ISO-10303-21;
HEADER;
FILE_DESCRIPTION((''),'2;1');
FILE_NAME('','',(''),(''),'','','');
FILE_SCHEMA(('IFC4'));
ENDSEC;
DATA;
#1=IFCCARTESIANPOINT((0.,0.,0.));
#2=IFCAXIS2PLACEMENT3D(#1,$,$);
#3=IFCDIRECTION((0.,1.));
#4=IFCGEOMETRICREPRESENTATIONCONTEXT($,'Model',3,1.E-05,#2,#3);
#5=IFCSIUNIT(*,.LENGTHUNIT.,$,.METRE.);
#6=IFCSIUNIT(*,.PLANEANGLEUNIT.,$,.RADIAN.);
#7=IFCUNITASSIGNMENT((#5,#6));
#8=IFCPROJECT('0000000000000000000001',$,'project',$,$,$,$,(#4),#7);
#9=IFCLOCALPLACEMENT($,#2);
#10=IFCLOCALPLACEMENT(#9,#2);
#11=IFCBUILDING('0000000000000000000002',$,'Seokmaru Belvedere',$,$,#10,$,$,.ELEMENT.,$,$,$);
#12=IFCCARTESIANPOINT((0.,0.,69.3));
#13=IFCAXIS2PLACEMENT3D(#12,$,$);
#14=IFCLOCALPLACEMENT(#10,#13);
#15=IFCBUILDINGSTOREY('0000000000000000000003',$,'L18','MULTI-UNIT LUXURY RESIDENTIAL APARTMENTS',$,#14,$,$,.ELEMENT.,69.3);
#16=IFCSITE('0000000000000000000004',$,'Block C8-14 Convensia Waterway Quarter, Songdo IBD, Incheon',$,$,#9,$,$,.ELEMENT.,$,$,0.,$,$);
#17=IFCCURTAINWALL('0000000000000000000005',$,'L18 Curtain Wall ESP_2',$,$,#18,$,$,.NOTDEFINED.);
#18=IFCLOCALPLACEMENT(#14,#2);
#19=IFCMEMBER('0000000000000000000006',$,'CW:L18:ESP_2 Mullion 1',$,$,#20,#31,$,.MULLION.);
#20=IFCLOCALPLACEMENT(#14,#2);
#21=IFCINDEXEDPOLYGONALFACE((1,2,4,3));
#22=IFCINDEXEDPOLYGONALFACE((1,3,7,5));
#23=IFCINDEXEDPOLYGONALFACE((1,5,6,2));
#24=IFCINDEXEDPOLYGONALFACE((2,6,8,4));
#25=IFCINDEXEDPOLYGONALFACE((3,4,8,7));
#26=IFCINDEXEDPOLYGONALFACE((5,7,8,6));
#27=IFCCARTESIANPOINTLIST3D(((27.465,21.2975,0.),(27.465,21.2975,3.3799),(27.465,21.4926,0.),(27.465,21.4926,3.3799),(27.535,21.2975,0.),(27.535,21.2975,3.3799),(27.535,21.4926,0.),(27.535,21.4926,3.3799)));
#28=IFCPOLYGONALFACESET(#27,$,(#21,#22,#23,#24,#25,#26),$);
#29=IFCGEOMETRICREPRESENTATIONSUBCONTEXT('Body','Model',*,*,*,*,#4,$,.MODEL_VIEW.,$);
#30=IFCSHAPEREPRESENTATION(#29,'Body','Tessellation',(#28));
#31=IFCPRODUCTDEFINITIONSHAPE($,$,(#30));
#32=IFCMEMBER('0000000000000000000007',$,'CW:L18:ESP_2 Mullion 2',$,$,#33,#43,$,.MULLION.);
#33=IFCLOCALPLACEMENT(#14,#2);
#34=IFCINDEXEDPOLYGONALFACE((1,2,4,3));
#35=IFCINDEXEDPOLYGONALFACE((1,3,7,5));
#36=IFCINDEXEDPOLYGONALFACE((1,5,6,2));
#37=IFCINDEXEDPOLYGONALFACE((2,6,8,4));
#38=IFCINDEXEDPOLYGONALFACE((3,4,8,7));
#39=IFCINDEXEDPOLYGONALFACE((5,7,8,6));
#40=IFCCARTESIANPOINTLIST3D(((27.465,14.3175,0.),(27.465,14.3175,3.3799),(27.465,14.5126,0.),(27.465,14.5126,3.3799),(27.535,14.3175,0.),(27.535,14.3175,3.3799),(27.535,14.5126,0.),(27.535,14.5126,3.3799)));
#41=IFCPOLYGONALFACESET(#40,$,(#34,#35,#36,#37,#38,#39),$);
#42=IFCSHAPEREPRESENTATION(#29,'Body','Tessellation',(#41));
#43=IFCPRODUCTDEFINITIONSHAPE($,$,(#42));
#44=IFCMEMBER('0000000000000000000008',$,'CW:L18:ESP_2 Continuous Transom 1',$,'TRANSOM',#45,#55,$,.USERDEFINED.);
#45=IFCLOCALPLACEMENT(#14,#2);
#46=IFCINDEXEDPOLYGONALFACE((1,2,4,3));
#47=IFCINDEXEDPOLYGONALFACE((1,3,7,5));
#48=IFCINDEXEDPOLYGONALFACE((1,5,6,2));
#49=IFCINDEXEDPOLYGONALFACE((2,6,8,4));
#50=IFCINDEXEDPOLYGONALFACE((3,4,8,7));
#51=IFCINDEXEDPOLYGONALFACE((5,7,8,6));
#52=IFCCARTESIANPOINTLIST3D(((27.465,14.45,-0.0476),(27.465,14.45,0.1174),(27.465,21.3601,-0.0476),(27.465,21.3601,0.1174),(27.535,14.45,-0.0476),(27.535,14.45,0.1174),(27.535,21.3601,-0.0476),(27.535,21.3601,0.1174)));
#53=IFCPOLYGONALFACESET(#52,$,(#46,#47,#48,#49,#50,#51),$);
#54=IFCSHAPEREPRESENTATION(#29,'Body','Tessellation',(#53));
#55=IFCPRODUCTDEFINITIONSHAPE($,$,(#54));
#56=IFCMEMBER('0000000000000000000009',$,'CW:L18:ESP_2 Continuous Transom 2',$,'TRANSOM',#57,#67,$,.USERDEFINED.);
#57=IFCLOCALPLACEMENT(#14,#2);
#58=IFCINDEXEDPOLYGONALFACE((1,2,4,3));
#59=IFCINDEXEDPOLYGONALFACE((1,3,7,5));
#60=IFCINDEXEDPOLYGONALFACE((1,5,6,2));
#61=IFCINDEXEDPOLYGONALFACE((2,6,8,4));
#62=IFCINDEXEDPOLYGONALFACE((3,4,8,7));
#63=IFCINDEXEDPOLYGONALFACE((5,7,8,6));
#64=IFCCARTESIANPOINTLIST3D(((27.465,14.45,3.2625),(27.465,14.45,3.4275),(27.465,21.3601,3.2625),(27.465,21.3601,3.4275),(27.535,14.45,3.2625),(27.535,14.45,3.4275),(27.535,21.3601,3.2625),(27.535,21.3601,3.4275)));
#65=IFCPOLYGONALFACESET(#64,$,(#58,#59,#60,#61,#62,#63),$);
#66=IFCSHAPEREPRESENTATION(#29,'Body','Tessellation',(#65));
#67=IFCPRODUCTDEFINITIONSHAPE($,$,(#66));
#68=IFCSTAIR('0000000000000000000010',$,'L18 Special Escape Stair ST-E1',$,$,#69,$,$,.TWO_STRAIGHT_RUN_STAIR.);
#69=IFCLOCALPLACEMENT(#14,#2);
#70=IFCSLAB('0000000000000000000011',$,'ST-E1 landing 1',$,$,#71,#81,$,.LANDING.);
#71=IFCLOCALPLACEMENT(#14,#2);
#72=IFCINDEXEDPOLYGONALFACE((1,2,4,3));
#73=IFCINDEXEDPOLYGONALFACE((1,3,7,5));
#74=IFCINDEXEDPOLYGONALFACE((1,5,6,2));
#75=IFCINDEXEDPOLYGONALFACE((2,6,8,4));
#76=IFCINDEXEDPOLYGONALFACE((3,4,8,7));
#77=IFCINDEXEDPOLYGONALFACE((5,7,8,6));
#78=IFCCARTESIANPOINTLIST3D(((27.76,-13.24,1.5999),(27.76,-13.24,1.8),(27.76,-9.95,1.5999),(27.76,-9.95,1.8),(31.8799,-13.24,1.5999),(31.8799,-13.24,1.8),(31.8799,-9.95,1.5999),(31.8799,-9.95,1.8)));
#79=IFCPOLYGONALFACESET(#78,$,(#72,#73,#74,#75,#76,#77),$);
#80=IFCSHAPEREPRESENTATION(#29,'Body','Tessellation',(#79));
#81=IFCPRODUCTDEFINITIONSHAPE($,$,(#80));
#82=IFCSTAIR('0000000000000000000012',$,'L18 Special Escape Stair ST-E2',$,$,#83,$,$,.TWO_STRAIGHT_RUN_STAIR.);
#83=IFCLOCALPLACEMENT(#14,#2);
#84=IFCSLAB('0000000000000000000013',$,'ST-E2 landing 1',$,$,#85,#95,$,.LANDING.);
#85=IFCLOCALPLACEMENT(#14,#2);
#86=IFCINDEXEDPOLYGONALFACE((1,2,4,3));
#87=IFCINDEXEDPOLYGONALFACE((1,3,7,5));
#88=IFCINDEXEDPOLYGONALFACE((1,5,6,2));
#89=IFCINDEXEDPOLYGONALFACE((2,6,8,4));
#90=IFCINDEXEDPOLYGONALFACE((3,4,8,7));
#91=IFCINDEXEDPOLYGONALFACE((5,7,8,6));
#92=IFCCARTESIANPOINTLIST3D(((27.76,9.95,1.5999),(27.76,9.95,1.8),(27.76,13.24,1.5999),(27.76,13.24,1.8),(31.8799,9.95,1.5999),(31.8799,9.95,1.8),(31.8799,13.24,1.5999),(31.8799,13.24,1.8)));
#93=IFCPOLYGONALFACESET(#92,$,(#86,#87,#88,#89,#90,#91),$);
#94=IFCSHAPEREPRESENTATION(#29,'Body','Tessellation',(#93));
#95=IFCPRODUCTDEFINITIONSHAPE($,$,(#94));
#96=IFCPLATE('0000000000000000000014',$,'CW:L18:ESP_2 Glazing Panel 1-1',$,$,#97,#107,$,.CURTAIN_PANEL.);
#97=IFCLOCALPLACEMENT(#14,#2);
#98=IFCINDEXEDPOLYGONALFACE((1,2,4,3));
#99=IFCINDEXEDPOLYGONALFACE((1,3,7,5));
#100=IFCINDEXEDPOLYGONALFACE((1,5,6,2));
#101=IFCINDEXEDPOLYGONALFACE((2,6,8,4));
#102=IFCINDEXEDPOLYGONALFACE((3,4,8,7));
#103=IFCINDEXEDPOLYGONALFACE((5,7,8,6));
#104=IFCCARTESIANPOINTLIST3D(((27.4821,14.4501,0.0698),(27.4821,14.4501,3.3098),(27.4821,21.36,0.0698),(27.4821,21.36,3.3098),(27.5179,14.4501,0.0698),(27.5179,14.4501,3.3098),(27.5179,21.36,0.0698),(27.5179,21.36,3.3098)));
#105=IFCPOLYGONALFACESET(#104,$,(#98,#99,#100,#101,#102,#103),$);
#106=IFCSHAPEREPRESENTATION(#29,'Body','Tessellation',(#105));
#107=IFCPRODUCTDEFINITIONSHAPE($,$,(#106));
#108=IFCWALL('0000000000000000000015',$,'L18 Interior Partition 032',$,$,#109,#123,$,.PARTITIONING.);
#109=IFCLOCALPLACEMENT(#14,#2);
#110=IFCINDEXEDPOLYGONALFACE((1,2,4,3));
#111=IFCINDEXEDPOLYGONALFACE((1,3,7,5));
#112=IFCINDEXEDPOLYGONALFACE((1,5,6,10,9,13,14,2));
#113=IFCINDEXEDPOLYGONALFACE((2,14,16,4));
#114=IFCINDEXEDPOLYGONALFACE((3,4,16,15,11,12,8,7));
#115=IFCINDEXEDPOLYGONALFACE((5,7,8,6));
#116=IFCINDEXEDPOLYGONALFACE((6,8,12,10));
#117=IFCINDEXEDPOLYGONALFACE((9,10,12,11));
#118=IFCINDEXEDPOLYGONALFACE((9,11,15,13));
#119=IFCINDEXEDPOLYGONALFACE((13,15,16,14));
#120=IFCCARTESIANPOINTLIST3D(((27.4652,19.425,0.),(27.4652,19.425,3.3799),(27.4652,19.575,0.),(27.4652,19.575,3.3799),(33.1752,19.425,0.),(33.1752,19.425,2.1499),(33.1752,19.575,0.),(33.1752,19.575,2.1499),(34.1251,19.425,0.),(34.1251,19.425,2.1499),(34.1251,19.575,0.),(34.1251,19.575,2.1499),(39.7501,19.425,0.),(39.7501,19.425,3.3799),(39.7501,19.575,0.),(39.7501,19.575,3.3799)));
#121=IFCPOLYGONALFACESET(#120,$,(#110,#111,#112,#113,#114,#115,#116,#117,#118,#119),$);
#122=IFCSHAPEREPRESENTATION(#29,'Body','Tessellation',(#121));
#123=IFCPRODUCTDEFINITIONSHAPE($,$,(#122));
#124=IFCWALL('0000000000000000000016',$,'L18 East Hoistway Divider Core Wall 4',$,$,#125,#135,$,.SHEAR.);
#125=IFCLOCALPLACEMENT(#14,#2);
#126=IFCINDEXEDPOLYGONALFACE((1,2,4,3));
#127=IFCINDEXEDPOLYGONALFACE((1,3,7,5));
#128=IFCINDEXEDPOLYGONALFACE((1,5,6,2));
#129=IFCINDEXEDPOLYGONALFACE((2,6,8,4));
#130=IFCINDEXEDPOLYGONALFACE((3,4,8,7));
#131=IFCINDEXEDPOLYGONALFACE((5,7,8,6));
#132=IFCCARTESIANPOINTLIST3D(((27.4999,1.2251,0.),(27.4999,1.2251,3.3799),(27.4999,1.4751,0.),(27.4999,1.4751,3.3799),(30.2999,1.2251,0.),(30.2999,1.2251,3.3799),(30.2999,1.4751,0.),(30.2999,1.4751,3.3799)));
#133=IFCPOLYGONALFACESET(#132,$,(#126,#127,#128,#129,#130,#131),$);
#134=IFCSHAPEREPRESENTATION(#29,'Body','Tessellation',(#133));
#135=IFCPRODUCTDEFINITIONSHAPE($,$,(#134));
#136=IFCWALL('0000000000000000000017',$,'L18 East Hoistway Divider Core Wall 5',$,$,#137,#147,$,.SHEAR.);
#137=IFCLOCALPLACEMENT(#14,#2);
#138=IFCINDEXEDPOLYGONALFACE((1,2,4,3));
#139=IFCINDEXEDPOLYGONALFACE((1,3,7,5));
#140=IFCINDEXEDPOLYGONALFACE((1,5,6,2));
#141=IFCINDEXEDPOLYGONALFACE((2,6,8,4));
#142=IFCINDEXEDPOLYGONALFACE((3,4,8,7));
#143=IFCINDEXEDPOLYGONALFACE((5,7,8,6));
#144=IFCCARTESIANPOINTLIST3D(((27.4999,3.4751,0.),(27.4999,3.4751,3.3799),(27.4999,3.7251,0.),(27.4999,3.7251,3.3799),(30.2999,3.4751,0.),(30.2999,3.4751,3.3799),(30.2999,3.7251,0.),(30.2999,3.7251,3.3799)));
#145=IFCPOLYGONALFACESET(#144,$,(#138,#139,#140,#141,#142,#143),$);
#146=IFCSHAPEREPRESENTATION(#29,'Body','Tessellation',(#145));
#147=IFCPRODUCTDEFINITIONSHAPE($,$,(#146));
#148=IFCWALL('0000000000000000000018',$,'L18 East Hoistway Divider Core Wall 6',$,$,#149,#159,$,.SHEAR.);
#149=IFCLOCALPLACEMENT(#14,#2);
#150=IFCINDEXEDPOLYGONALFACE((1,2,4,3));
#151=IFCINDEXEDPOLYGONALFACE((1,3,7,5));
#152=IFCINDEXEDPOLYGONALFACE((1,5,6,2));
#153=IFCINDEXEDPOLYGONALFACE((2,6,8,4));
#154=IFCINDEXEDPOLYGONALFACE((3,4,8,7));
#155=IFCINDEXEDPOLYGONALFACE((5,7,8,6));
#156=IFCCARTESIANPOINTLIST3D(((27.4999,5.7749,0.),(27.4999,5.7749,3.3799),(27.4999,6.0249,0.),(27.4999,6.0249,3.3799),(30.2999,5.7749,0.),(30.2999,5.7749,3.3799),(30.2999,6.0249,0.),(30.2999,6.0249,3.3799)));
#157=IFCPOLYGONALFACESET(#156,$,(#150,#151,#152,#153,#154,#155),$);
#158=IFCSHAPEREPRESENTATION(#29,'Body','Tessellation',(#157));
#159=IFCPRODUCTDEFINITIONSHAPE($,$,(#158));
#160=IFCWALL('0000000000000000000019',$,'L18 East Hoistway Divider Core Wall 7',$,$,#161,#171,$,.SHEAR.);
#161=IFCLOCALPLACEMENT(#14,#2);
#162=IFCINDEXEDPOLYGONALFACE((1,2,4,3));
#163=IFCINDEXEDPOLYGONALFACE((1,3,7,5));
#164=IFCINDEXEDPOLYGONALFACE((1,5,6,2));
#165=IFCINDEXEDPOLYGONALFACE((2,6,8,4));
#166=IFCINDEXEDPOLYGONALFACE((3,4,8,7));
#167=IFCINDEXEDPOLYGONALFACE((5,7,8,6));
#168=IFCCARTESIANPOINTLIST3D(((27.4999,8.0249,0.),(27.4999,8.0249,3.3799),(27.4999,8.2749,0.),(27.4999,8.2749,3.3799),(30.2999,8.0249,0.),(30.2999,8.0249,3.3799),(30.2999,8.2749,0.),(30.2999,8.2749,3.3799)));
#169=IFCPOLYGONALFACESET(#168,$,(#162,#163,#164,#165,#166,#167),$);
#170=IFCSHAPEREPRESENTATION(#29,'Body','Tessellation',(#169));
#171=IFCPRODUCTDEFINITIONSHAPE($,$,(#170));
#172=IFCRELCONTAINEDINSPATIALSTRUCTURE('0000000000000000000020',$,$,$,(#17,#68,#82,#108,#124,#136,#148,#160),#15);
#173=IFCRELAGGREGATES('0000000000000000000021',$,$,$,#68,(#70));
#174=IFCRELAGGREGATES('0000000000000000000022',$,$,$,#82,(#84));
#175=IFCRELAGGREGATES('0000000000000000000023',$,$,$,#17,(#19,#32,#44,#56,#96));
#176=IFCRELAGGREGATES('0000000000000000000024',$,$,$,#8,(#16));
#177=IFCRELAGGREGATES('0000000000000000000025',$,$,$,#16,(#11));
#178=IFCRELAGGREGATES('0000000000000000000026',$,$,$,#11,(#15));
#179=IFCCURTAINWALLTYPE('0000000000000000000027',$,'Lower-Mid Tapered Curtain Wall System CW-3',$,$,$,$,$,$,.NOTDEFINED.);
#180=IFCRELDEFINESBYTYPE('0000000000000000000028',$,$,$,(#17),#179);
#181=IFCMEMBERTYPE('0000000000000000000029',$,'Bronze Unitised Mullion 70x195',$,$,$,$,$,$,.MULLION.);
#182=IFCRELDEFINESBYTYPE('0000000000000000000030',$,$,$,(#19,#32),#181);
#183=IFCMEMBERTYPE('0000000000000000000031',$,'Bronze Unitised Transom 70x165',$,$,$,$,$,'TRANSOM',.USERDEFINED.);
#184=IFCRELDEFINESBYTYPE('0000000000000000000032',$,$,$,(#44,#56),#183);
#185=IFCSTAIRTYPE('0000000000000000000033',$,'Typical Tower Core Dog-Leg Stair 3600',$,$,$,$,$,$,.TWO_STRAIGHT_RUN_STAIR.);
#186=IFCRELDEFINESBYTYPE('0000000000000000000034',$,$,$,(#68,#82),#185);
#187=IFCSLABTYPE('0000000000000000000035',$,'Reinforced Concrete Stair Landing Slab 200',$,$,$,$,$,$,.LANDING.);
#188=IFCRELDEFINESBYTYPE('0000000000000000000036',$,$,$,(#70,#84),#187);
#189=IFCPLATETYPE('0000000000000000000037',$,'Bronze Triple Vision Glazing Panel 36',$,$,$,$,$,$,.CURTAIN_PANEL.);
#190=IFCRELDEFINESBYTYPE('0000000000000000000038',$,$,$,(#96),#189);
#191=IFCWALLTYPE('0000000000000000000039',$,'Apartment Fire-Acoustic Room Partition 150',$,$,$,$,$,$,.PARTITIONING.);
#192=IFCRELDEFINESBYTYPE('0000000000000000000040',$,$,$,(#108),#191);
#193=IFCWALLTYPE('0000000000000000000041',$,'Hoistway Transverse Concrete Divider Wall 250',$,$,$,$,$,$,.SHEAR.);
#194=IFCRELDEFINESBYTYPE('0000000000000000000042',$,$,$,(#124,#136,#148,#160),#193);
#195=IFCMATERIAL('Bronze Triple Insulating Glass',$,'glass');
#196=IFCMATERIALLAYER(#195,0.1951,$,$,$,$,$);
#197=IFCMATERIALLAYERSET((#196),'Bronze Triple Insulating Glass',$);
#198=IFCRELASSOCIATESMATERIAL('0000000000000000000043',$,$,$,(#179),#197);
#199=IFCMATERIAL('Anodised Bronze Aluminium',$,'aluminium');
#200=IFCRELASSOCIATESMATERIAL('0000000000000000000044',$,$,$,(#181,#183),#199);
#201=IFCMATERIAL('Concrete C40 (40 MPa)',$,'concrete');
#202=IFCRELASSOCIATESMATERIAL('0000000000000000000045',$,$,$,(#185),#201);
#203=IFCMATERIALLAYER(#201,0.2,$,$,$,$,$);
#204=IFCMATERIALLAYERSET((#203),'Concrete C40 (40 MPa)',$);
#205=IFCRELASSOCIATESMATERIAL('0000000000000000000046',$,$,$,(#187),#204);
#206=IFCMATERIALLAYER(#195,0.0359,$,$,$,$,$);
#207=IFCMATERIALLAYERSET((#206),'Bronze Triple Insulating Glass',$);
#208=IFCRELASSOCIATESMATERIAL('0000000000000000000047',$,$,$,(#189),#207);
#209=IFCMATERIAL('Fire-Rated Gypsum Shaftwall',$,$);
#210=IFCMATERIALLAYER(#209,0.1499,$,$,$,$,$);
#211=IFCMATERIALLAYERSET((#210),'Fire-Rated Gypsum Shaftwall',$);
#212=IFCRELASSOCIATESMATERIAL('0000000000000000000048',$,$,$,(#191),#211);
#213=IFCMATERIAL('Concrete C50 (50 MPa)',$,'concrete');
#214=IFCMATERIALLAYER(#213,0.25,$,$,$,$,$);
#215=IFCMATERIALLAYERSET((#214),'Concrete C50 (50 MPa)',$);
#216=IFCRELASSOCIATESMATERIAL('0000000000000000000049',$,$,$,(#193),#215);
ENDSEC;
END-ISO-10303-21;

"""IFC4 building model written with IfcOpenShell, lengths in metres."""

from ifc_helpers import new_model, si_unit, direction, frame, frame_2d, origin, origin_2d, place, context, subcontext, project, spatial, polyline, rectangle, outline, extrude, source, transform, mapped, material, layer, layer_set, material_profile, profile_set, type_object, type_shapes, element, aggregate, save


model = new_model("IFC4")

# Units and contexts
model_context = context("Model", 3, precision=1e-05, world=origin(), true_north=direction((0.0, 1.0)))
body_context = subcontext(model_context, "Body", "Model", "MODEL_VIEW")
ifc_project = project(units=[si_unit("LENGTHUNIT", "METRE"), si_unit("PLANEANGLEUNIT", "RADIAN")], contexts=[model_context])

# Site, building, storey
site_placement = place(None, origin())
site = spatial("IfcSite", under=ifc_project, at=site_placement, Name="Block C8-14 Convensia Waterway Quarter, Songdo IBD, Incheon", CompositionType="ELEMENT", RefElevation=0.0)
building_placement = place(site_placement, origin())
building = spatial("IfcBuilding", under=site, at=building_placement, Name="Seokmaru Belvedere", CompositionType="ELEMENT")
storey_placement = place(building_placement, frame((0.0, 0.0, 69.3)))
storey = spatial("IfcBuildingStorey", under=building, at=storey_placement, Name="L18", Description="MULTI-UNIT LUXURY RESIDENTIAL APARTMENTS", CompositionType="ELEMENT", Elevation=69.3)

# Curtain wall, members
ifc_material_1 = material(Name="Bronze Triple Insulating Glass", Category="glass")
ifc_layer_1 = layer(ifc_material_1, 0.1951)
ifc_layer_set_1 = layer_set([ifc_layer_1], Name="Bronze Triple Insulating Glass")
curtain_wall_type = type_object("IfcCurtainWallType", Name="Lower-Mid Tapered Curtain Wall System CW-3", PredefinedType="NOTDEFINED", material=ifc_layer_set_1)
curtain_wall_placement = place(storey_placement, origin())
curtain_wall = element("IfcCurtainWall", 1, at=curtain_wall_placement, inside=storey, type_object=curtain_wall_type, Name="L18 Curtain Wall ESP_2", PredefinedType="NOTDEFINED")
ifc_material_2 = material(Name="Anodised Bronze Aluminium", Category="aluminium")
ifc_material_profile_1 = material_profile(ifc_material_2, rectangle(XDim=0.0701, YDim=0.1951, at=origin_2d()), Name="CW-M-70x195")
ifc_profile_set_1 = profile_set([ifc_material_profile_1], Name="Anodised Bronze Aluminium")
member_type_1 = type_object("IfcMemberType", Name="Bronze Unitised Mullion 70x195", PredefinedType="MULLION", material=ifc_profile_set_1)
shared_shape_1 = source(origin(), body_context, "Body", "SweptSolid", [
    extrude(rectangle(XDim=0.0701, YDim=0.1951, at=origin_2d()), origin(), (0.0, 0.0, 1.0), 3.3799),
])
type_shapes(member_type_1, [shared_shape_1])
member_1_placement = place(storey_placement, frame((27.5, 21.395, 0.0), z_axis=(0.0, 0.0, 1.0), x_axis=(1.0, 0.0, 0.0)))
member_1 = element("IfcMember", 2, at=member_1_placement, type_object=member_type_1, Name="CW:L18:ESP_2 Mullion 1", PredefinedType="MULLION", context=body_context, shape_type="MappedRepresentation", body=[
    mapped(shared_shape_1, transform((0.0, 0.0, 0.0), scale=1.0)),
])
member_2_placement = place(storey_placement, frame((27.5, 14.415, 0.0), z_axis=(0.0, 0.0, 1.0), x_axis=(1.0, 0.0, 0.0)))
member_2 = element("IfcMember", 3, at=member_2_placement, type_object=member_type_1, Name="CW:L18:ESP_2 Mullion 2", PredefinedType="MULLION", context=body_context, shape_type="MappedRepresentation", body=[
    mapped(shared_shape_1, transform((0.0, 0.0, 0.0), scale=1.0)),
])
ifc_material_profile_2 = material_profile(ifc_material_2, rectangle(XDim=0.0701, YDim=0.165, at=origin_2d()), Name="CW-T-70x165")
ifc_profile_set_2 = profile_set([ifc_material_profile_2], Name="Anodised Bronze Aluminium")
member_type_2 = type_object("IfcMemberType", Name="Bronze Unitised Transom 70x165", ElementType="TRANSOM", PredefinedType="USERDEFINED", material=ifc_profile_set_2)
shared_shape_2 = source(origin(), body_context, "Body", "SweptSolid", [
    extrude(rectangle(XDim=0.0701, YDim=0.165, at=origin_2d()), origin(), (0.0, 0.0, 1.0), 6.9102),
])
type_shapes(member_type_2, [shared_shape_2])
member_3_placement = place(storey_placement, frame((27.5, 21.3601, 0.0349), z_axis=(0.0, -1.0, 0.0), x_axis=(1.0, 0.0, 0.0)))
member_3 = element("IfcMember", 4, at=member_3_placement, type_object=member_type_2, Name="CW:L18:ESP_2 Continuous Transom 1", ObjectType="TRANSOM", PredefinedType="USERDEFINED", context=body_context, shape_type="MappedRepresentation", body=[
    mapped(shared_shape_2, transform((0.0, 0.0, 0.0), scale=1.0)),
])
member_4_placement = place(storey_placement, frame((27.5, 21.3601, 3.345), z_axis=(0.0, -1.0, 0.0), x_axis=(1.0, 0.0, 0.0)))
member_4 = element("IfcMember", 5, at=member_4_placement, type_object=member_type_2, Name="CW:L18:ESP_2 Continuous Transom 2", ObjectType="TRANSOM", PredefinedType="USERDEFINED", context=body_context, shape_type="MappedRepresentation", body=[
    mapped(shared_shape_2, transform((0.0, 0.0, 0.0), scale=1.0)),
])

# Stairs, slabs
ifc_material_3 = material(Name="Concrete C40 (40 MPa)", Category="concrete")
stair_type = type_object("IfcStairType", Name="Typical Tower Core Dog-Leg Stair 3600", PredefinedType="TWO_STRAIGHT_RUN_STAIR", material=ifc_material_3)
stair_1_placement = place(storey_placement, origin())
stair_1 = element("IfcStair", 6, at=stair_1_placement, inside=storey, type_object=stair_type, Name="L18 Special Escape Stair ST-E1", PredefinedType="TWO_STRAIGHT_RUN_STAIR")
ifc_layer_2 = layer(ifc_material_3, 0.2)
ifc_layer_set_2 = layer_set([ifc_layer_2], Name="Concrete C40 (40 MPa)")
slab_type = type_object("IfcSlabType", Name="Reinforced Concrete Stair Landing Slab 200", PredefinedType="LANDING", material=ifc_layer_set_2)
slab_1_placement = place(storey_placement, frame((0.0, 0.0, 1.5999)))
slab_1 = element("IfcSlab", 7, at=slab_1_placement, type_object=slab_type, Name="ST-E1 landing 1", PredefinedType="LANDING", context=body_context, shape_type="SweptSolid", body=[
    extrude(outline(polyline([(27.76, -13.24), (31.8799, -13.24), (31.8799, -9.95), (27.76, -9.95), (27.76, -13.24)])), origin(), (0.0, 0.0, 1.0), 0.2002),
])
aggregate(stair_1, [slab_1])
stair_2_placement = place(storey_placement, origin())
stair_2 = element("IfcStair", 8, at=stair_2_placement, inside=storey, type_object=stair_type, Name="L18 Special Escape Stair ST-E2", PredefinedType="TWO_STRAIGHT_RUN_STAIR")
slab_2_placement = place(storey_placement, frame((0.0, 0.0, 1.5999)))
slab_2 = element("IfcSlab", 9, at=slab_2_placement, type_object=slab_type, Name="ST-E2 landing 1", PredefinedType="LANDING", context=body_context, shape_type="SweptSolid", body=[
    extrude(outline(polyline([(27.76, 9.95), (31.8799, 9.95), (31.8799, 13.24), (27.76, 13.24), (27.76, 9.95)])), origin(), (0.0, 0.0, 1.0), 0.2002),
])
aggregate(stair_2, [slab_2])

# Plate
ifc_layer_3 = layer(ifc_material_1, 0.0359)
ifc_layer_set_3 = layer_set([ifc_layer_3], Name="Bronze Triple Insulating Glass")
plate_type = type_object("IfcPlateType", Name="Bronze Triple Vision Glazing Panel 36", PredefinedType="CURTAIN_PANEL", material=ifc_layer_set_3)
shared_shape_3 = source(origin(), body_context, "Body", "SweptSolid", [
    extrude(rectangle(XDim=6.9099, YDim=0.0359, at=origin_2d()), origin(), (0.0, 0.0, 1.0), 3.24),
])
type_shapes(plate_type, [shared_shape_3])
plate_placement = place(storey_placement, frame((27.5, 17.905, 0.0698), z_axis=(0.0, 0.0, 1.0), x_axis=(0.0, -1.0, 0.0)))
plate = element("IfcPlate", 10, at=plate_placement, type_object=plate_type, Name="CW:L18:ESP_2 Glazing Panel 1-1", PredefinedType="CURTAIN_PANEL", context=body_context, shape_type="MappedRepresentation", body=[
    mapped(shared_shape_3, transform((0.0, 0.0, 0.0), scale=1.0)),
])
aggregate(curtain_wall, [member_1, member_2, member_3, member_4, plate])

# Wall, opening
ifc_material_4 = material(Name="Fire-Rated Gypsum Shaftwall")
ifc_layer_4 = layer(ifc_material_4, 0.1499)
ifc_layer_set_4 = layer_set([ifc_layer_4], Name="Fire-Rated Gypsum Shaftwall")
wall_type_1 = type_object("IfcWallType", Name="Apartment Fire-Acoustic Room Partition 150", PredefinedType="PARTITIONING", material=ifc_layer_set_4)
wall_1_placement = place(storey_placement, frame((27.4651, 19.5, 0.0), z_axis=(0.0, 0.0, 1.0), x_axis=(1.0, 0.0, 0.0)))
wall_1 = element("IfcWall", 11, at=wall_1_placement, inside=storey, type_object=wall_type_1, Name="L18 Interior Partition 032", PredefinedType="PARTITIONING", context=body_context, shape_type="SweptSolid", body=[
    extrude(rectangle(XDim=12.2849, YDim=0.1499, at=frame_2d((6.1426, 0.0))), origin(), (0.0, 0.0, 1.0), 3.3799),
])
opening_1_placement = place(wall_1_placement, frame((5.71, 0.0, 0.0)))
element("IfcOpeningElement", 12, at=opening_1_placement, cuts=wall_1, PredefinedType="OPENING", context=body_context, shape_type="SweptSolid", body=[
    extrude(rectangle(XDim=0.95, YDim=2.1499, at=frame_2d((0.4751, 1.075))), frame((0.0, 0.085, 0.0), z_axis=(0.0, -1.0, 0.0), x_axis=(1.0, 0.0, 0.0)), (0.0, 0.0, 1.0), 0.1699),
])

# Walls
ifc_material_5 = material(Name="Concrete C50 (50 MPa)", Category="concrete")
ifc_layer_5 = layer(ifc_material_5, 0.25)
ifc_layer_set_5 = layer_set([ifc_layer_5], Name="Concrete C50 (50 MPa)")
wall_type_2 = type_object("IfcWallType", Name="Hoistway Transverse Concrete Divider Wall 250", PredefinedType="SHEAR", material=ifc_layer_set_5)
for number, where, z_axis, x_axis, name in (
    (13, (27.5, 1.3501, 0.0), (0.0, 0.0, 1.0), (1.0, 0.0, 0.0), "L18 East Hoistway Divider Core Wall 4"),
    (14, (27.5, 3.6001, 0.0), (0.0, 0.0, 1.0), (1.0, 0.0, 0.0), "L18 East Hoistway Divider Core Wall 5"),
    (15, (27.5, 5.8999, 0.0), (0.0, 0.0, 1.0), (1.0, 0.0, 0.0), "L18 East Hoistway Divider Core Wall 6"),
    (16, (27.5, 8.1499, 0.0), (0.0, 0.0, 1.0), (1.0, 0.0, 0.0), "L18 East Hoistway Divider Core Wall 7"),
):
    element("IfcWall", number, at=place(storey_placement, frame(where, z_axis=z_axis, x_axis=x_axis)), inside=storey, type_object=wall_type_2, Name=name, PredefinedType="SHEAR", context=body_context, shape_type="SweptSolid", body=[
        extrude(rectangle(XDim=2.8, YDim=0.25, at=frame_2d((1.3999, 0.0))), origin(), (0.0, 0.0, 1.0), 3.3799),
    ])

save(model, "model.ifc")
